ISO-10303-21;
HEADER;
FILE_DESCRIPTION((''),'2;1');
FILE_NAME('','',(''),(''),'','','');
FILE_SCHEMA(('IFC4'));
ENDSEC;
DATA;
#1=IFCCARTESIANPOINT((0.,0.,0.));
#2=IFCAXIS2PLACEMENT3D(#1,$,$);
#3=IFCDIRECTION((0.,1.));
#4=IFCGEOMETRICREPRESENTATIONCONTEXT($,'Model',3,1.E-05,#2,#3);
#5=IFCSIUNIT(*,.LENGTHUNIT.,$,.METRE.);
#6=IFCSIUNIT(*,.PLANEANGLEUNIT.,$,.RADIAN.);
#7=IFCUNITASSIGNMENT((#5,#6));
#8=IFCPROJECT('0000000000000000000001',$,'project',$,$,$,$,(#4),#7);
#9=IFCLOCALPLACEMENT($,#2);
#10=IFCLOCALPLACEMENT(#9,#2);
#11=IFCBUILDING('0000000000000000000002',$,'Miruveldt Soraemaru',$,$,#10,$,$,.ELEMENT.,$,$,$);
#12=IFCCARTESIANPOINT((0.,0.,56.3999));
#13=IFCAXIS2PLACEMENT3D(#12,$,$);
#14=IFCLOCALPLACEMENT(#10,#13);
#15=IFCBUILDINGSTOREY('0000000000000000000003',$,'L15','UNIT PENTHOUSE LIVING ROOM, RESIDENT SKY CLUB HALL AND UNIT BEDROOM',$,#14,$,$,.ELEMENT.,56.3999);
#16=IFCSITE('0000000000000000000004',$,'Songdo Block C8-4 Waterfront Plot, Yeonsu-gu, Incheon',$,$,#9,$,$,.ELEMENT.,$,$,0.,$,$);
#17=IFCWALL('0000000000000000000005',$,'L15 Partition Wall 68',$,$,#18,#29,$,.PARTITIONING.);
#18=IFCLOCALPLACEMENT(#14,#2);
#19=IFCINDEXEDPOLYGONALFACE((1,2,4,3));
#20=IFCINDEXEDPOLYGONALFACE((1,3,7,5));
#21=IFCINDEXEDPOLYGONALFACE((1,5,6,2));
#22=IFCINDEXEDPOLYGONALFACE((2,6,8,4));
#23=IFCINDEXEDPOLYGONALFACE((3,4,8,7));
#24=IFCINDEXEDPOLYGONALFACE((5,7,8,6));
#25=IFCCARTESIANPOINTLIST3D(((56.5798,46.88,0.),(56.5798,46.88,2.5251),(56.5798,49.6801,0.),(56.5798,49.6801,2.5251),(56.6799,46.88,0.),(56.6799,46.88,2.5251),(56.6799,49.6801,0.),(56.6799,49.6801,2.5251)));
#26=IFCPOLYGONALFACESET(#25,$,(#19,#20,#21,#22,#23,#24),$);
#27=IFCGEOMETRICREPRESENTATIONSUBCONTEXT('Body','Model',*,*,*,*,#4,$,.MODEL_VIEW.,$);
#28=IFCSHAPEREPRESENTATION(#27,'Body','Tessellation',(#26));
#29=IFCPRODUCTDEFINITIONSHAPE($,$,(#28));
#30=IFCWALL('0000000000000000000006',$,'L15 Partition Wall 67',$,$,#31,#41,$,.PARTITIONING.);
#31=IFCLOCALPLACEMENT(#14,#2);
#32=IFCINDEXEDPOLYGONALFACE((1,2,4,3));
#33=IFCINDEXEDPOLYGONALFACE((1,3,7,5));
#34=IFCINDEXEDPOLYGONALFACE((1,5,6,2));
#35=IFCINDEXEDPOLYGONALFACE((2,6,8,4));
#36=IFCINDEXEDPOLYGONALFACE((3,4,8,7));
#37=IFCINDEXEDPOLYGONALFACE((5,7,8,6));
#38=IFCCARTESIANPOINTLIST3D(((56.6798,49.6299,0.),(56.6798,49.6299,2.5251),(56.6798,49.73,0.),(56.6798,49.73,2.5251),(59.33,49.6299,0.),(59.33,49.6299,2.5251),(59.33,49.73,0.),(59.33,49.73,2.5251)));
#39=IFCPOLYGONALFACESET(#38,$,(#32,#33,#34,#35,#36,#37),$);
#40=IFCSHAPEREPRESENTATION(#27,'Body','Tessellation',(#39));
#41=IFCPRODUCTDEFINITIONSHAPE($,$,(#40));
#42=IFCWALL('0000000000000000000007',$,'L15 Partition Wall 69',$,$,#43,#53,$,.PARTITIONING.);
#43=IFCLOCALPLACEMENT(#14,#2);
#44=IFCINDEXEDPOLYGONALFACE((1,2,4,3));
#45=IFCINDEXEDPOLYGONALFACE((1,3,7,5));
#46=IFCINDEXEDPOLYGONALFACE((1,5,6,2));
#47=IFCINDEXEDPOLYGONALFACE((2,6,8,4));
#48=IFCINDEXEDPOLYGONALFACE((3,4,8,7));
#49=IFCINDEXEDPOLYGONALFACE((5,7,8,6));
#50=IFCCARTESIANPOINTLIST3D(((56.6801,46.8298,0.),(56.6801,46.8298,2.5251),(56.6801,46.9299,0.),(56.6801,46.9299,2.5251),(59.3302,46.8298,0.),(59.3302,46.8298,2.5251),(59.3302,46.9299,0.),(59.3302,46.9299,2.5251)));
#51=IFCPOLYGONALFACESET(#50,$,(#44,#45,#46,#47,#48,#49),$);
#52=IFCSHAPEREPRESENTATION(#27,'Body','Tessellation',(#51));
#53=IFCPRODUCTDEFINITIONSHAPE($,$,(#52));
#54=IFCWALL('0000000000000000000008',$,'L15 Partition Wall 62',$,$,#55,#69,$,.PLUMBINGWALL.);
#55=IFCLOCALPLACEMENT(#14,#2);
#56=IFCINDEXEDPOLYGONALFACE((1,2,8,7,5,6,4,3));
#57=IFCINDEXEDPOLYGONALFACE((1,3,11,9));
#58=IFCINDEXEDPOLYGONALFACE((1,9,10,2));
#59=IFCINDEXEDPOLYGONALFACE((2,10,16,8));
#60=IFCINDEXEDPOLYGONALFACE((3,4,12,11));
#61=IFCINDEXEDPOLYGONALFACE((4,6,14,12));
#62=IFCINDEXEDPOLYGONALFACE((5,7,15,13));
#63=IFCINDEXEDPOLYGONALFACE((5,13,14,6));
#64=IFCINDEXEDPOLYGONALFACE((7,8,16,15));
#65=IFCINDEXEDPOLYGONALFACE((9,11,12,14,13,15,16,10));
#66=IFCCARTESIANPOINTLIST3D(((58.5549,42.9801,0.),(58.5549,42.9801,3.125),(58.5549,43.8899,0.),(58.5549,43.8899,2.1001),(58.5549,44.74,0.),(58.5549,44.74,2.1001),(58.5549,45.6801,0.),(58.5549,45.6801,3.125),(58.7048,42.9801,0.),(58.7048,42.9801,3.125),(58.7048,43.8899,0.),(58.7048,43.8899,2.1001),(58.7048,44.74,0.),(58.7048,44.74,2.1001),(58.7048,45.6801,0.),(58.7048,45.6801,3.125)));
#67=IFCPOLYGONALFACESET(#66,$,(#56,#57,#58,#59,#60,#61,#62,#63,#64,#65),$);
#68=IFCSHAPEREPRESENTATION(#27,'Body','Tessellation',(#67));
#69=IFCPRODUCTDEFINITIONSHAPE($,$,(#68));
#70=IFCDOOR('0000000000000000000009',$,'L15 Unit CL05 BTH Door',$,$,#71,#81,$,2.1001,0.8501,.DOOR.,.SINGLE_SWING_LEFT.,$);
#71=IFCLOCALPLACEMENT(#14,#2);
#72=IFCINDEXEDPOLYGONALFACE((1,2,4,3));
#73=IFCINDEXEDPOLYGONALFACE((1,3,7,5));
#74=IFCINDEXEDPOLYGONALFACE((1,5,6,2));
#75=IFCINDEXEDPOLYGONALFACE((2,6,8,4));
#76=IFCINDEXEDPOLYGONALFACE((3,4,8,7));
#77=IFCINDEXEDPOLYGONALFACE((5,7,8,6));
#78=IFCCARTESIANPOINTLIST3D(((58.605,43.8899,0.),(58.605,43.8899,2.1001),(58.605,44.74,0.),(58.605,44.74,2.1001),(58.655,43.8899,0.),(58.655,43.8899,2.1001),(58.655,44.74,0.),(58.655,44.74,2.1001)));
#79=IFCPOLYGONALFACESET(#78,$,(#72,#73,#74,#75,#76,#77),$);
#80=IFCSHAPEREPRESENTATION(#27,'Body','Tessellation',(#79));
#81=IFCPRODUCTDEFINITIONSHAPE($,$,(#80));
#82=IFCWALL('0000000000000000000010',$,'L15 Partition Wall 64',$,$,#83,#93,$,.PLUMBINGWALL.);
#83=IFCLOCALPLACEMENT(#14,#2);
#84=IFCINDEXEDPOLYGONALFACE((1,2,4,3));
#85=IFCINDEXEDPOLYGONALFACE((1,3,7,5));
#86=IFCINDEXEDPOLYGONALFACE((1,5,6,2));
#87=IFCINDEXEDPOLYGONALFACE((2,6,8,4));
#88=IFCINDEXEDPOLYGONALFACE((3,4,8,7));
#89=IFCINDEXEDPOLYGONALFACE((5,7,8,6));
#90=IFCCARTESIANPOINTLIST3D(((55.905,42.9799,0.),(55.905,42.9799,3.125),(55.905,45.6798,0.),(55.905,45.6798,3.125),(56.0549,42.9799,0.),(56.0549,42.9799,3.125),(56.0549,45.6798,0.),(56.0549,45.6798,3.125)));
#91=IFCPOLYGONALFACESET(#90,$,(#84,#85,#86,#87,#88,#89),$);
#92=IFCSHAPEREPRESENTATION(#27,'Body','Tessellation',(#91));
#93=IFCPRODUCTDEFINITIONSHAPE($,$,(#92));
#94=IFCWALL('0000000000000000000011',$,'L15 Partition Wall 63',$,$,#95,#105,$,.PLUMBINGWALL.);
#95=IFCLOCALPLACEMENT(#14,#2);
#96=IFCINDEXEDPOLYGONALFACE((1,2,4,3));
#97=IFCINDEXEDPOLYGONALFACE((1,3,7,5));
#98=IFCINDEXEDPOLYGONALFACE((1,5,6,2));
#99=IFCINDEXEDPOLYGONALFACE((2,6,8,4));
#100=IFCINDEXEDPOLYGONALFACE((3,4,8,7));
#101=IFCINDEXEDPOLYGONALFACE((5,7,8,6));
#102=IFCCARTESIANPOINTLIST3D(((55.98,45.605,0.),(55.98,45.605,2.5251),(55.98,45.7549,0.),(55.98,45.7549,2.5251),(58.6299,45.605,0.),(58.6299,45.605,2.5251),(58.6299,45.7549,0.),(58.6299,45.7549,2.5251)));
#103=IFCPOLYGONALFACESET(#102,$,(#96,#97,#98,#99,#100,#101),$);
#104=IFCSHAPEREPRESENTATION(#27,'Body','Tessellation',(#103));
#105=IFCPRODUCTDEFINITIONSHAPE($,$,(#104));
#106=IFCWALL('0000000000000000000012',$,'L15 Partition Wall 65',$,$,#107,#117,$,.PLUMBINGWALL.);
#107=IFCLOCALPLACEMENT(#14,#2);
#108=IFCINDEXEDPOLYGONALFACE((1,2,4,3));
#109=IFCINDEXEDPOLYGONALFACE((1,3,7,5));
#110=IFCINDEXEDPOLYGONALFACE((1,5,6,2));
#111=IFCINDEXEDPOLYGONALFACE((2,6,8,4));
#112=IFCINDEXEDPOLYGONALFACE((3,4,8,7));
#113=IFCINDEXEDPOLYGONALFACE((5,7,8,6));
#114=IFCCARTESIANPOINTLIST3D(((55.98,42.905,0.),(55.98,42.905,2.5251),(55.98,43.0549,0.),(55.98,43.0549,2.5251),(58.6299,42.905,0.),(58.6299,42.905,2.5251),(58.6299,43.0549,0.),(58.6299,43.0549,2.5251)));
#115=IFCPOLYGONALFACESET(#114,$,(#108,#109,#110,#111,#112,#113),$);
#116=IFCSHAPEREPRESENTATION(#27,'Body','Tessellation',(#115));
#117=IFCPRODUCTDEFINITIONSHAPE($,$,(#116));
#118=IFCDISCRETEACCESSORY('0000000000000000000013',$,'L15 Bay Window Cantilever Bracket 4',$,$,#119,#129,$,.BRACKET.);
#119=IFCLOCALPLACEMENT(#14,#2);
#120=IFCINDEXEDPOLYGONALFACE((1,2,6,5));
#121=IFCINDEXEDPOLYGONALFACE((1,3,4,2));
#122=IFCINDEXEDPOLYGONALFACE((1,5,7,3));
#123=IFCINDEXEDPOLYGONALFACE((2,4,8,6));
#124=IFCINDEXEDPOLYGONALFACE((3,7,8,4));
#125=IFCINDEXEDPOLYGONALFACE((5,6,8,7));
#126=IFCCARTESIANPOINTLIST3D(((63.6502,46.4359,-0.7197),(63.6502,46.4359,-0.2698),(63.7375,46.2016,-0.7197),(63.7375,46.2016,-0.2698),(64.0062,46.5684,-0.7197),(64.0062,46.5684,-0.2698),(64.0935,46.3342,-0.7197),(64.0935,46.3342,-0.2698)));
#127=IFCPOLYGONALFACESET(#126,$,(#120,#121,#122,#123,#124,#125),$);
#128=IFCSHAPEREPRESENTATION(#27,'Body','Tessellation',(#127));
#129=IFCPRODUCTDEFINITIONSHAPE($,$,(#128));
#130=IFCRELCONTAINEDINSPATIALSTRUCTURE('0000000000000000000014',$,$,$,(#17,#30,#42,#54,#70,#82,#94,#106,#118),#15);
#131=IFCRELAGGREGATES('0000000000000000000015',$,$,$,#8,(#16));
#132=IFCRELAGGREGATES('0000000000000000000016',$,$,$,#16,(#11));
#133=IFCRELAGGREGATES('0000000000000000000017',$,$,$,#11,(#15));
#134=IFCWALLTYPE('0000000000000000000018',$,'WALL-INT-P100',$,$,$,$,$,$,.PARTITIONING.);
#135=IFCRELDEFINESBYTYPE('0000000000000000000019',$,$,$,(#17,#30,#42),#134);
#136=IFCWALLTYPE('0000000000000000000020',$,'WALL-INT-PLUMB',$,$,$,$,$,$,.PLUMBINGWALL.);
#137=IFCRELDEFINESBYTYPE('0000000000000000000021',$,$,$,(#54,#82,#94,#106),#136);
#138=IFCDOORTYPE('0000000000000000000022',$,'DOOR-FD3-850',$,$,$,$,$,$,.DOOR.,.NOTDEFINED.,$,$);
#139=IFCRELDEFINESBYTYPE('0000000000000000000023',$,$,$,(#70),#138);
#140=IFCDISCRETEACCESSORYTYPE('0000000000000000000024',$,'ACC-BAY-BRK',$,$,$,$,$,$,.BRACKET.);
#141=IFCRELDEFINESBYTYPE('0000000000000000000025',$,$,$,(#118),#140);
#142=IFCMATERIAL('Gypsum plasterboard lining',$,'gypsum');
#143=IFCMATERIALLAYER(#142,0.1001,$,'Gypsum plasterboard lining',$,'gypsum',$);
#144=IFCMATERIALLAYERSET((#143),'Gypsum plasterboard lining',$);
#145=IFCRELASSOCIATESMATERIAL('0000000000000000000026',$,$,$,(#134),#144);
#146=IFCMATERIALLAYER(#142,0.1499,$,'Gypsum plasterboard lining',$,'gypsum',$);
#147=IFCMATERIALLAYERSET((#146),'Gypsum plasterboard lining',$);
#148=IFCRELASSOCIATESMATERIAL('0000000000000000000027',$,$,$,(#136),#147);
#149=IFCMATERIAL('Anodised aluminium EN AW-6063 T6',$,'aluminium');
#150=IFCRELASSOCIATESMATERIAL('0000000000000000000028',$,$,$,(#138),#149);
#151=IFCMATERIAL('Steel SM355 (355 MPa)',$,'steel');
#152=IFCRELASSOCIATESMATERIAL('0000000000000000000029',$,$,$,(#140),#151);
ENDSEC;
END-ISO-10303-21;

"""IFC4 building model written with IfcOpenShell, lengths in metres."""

from ifc_helpers import new_model, si_unit, direction, frame, frame_2d, origin, origin_2d, place, context, subcontext, project, spatial, rectangle, extrude, material, layer, layer_set, type_object, element, fill, save


model = new_model("IFC4")

# Units and contexts
model_context = context("Model", 3, precision=1e-05, world=origin(), true_north=direction((0.0, 1.0)))
body_context = subcontext(model_context, "Body", "Model", "MODEL_VIEW")
ifc_project = project(units=[si_unit("LENGTHUNIT", "METRE"), si_unit("PLANEANGLEUNIT", "RADIAN")], contexts=[model_context])

# Site, building, storey
site_placement = place(None, origin())
site = spatial("IfcSite", under=ifc_project, at=site_placement, Name="Songdo Block C8-4 Waterfront Plot, Yeonsu-gu, Incheon", CompositionType="ELEMENT", RefElevation=0.0)
building_placement = place(site_placement, origin())
building = spatial("IfcBuilding", under=site, at=building_placement, Name="Miruveldt Soraemaru", CompositionType="ELEMENT")
storey_placement = place(building_placement, frame((0.0, 0.0, 56.3999)))
storey = spatial("IfcBuildingStorey", under=building, at=storey_placement, Name="L15", Description="UNIT PENTHOUSE LIVING ROOM, RESIDENT SKY CLUB HALL AND UNIT BEDROOM", CompositionType="ELEMENT", Elevation=56.3999)

# Shared definitions
ifc_material_1 = material(Name="Steel SM355 (355 MPa)", Category="steel")

# Shared definitions
ifc_material_2 = material(Name="Gypsum plasterboard lining", Category="gypsum")
ifc_layer_1 = layer(ifc_material_2, 0.1001, Name="Gypsum plasterboard lining", Category="gypsum")
ifc_layer_set_1 = layer_set([ifc_layer_1], Name="Gypsum plasterboard lining")
wall_type_1 = type_object("IfcWallType", Name="WALL-INT-P100", PredefinedType="PARTITIONING", material=ifc_layer_set_1)
ifc_material_3 = material(Name="Anodised aluminium EN AW-6063 T6", Category="aluminium")

# Walls
wall_1_placement = place(storey_placement, frame((56.6299, 49.6799, 0.0), z_axis=(0.0, 0.0, 1.0), x_axis=(0.0, -1.0, 0.0)))
element("IfcWall", 1, at=wall_1_placement, inside=storey, type_object=wall_type_1, Name="L15 Partition Wall 68", PredefinedType="PARTITIONING", context=body_context, shape_type="SweptSolid", body=[
    extrude(rectangle(XDim=2.8, YDim=0.1001, at=frame_2d((1.3999, 0.0))), origin(), (0.0, 0.0, 1.0), 2.5251),
])
for number, where, z_axis, x_axis, name in (
    (2, (59.3301, 49.6799, 0.0), (0.0, 0.0, 1.0), (-1.0, 0.0, 0.0), "L15 Partition Wall 67"),
    (3, (56.6799, 46.8799, 0.0), (0.0, 0.0, 1.0), (1.0, 0.0, 0.0), "L15 Partition Wall 69"),
):
    element("IfcWall", number, at=place(storey_placement, frame(where, z_axis=z_axis, x_axis=x_axis)), inside=storey, type_object=wall_type_1, Name=name, PredefinedType="PARTITIONING", context=body_context, shape_type="SweptSolid", body=[
        extrude(rectangle(XDim=2.6501, YDim=0.1001, at=frame_2d((1.3252, 0.0))), origin(), (0.0, 0.0, 1.0), 2.5251),
    ])

# Wall, opening, door
ifc_layer_2 = layer(ifc_material_2, 0.1499, Name="Gypsum plasterboard lining", Category="gypsum")
ifc_layer_set_2 = layer_set([ifc_layer_2], Name="Gypsum plasterboard lining")
wall_type_2 = type_object("IfcWallType", Name="WALL-INT-PLUMB", PredefinedType="PLUMBINGWALL", material=ifc_layer_set_2)
wall_2_placement = place(storey_placement, frame((58.6299, 42.98, 0.0), z_axis=(0.0, 0.0, 1.0), x_axis=(0.0, 1.0, 0.0)))
wall_2 = element("IfcWall", 4, at=wall_2_placement, inside=storey, type_object=wall_type_2, Name="L15 Partition Wall 62", PredefinedType="PLUMBINGWALL", context=body_context, shape_type="SweptSolid", body=[
    extrude(rectangle(XDim=2.7, YDim=0.1499, at=frame_2d((1.3501, 0.0))), origin(), (0.0, 0.0, 1.0), 3.125),
])
opening_1_placement = place(wall_2_placement, frame((0.9099, 0.0, 0.0)))
opening_1 = element("IfcOpeningElement", 5, at=opening_1_placement, cuts=wall_2, PredefinedType="OPENING", context=body_context, shape_type="SweptSolid", body=[
    extrude(rectangle(XDim=0.8501, YDim=2.1001, at=frame_2d((0.425, 1.05))), frame((0.0, 0.085, 0.0), z_axis=(0.0, -1.0, 0.0), x_axis=(1.0, 0.0, 0.0)), (0.0, 0.0, 1.0), 0.1699),
])
door_type_1 = type_object("IfcDoorType", Name="DOOR-FD3-850", OperationType="NOTDEFINED", PredefinedType="DOOR", material=ifc_material_3)
door_1_placement = place(opening_1_placement, origin())
door_1 = element("IfcDoor", 6, at=door_1_placement, inside=storey, type_object=door_type_1, Name="L15 Unit CL05 BTH Door", OperationType="SINGLE_SWING_LEFT", OverallHeight=2.1001, OverallWidth=0.8501, PredefinedType="DOOR", context=body_context, shape_type="SweptSolid", body=[
    extrude(rectangle(XDim=0.8501, YDim=2.1001, at=frame_2d((0.425, 1.05))), frame((0.0, 0.0249, 0.0), z_axis=(0.0, -1.0, 0.0), x_axis=(1.0, 0.0, 0.0)), (0.0, 0.0, 1.0), 0.05),
])
fill(opening_1, door_1)

# Walls
wall_3_placement = place(storey_placement, frame((55.98, 45.6799, 0.0), z_axis=(0.0, 0.0, 1.0), x_axis=(0.0, -1.0, 0.0)))
element("IfcWall", 7, at=wall_3_placement, inside=storey, type_object=wall_type_2, Name="L15 Partition Wall 64", PredefinedType="PLUMBINGWALL", context=body_context, shape_type="SweptSolid", body=[
    extrude(rectangle(XDim=2.7, YDim=0.1499, at=frame_2d((1.3501, 0.0))), origin(), (0.0, 0.0, 1.0), 3.125),
])
for number, where, z_axis, x_axis, name in (
    (8, (58.6299, 45.6799, 0.0), (0.0, 0.0, 1.0), (-1.0, 0.0, 0.0), "L15 Partition Wall 63"),
    (9, (55.98, 42.98, 0.0), (0.0, 0.0, 1.0), (1.0, 0.0, 0.0), "L15 Partition Wall 65"),
):
    element("IfcWall", number, at=place(storey_placement, frame(where, z_axis=z_axis, x_axis=x_axis)), inside=storey, type_object=wall_type_2, Name=name, PredefinedType="PLUMBINGWALL", context=body_context, shape_type="SweptSolid", body=[
        extrude(rectangle(XDim=2.6499, YDim=0.1499, at=frame_2d((1.325, 0.0))), origin(), (0.0, 0.0, 1.0), 2.5251),
    ])

# Discrete accessory
discrete_accessory_type = type_object("IfcDiscreteAccessoryType", Name="ACC-BAY-BRK", PredefinedType="BRACKET", material=ifc_material_1)
discrete_accessory_placement = place(storey_placement, frame((63.8718, 46.385, -0.7197), z_axis=(0.0, 0.0, 1.0), x_axis=(0.937112, 0.34903, 0.0)))
element("IfcDiscreteAccessory", 10, at=discrete_accessory_placement, inside=storey, type_object=discrete_accessory_type, Name="L15 Bay Window Cantilever Bracket 4", PredefinedType="BRACKET", context=body_context, shape_type="SweptSolid", body=[
    extrude(rectangle(XDim=0.3799, YDim=0.25, at=origin_2d()), origin(), (0.0, 0.0, 1.0), 0.45),
])

save(model, "model.ifc")
